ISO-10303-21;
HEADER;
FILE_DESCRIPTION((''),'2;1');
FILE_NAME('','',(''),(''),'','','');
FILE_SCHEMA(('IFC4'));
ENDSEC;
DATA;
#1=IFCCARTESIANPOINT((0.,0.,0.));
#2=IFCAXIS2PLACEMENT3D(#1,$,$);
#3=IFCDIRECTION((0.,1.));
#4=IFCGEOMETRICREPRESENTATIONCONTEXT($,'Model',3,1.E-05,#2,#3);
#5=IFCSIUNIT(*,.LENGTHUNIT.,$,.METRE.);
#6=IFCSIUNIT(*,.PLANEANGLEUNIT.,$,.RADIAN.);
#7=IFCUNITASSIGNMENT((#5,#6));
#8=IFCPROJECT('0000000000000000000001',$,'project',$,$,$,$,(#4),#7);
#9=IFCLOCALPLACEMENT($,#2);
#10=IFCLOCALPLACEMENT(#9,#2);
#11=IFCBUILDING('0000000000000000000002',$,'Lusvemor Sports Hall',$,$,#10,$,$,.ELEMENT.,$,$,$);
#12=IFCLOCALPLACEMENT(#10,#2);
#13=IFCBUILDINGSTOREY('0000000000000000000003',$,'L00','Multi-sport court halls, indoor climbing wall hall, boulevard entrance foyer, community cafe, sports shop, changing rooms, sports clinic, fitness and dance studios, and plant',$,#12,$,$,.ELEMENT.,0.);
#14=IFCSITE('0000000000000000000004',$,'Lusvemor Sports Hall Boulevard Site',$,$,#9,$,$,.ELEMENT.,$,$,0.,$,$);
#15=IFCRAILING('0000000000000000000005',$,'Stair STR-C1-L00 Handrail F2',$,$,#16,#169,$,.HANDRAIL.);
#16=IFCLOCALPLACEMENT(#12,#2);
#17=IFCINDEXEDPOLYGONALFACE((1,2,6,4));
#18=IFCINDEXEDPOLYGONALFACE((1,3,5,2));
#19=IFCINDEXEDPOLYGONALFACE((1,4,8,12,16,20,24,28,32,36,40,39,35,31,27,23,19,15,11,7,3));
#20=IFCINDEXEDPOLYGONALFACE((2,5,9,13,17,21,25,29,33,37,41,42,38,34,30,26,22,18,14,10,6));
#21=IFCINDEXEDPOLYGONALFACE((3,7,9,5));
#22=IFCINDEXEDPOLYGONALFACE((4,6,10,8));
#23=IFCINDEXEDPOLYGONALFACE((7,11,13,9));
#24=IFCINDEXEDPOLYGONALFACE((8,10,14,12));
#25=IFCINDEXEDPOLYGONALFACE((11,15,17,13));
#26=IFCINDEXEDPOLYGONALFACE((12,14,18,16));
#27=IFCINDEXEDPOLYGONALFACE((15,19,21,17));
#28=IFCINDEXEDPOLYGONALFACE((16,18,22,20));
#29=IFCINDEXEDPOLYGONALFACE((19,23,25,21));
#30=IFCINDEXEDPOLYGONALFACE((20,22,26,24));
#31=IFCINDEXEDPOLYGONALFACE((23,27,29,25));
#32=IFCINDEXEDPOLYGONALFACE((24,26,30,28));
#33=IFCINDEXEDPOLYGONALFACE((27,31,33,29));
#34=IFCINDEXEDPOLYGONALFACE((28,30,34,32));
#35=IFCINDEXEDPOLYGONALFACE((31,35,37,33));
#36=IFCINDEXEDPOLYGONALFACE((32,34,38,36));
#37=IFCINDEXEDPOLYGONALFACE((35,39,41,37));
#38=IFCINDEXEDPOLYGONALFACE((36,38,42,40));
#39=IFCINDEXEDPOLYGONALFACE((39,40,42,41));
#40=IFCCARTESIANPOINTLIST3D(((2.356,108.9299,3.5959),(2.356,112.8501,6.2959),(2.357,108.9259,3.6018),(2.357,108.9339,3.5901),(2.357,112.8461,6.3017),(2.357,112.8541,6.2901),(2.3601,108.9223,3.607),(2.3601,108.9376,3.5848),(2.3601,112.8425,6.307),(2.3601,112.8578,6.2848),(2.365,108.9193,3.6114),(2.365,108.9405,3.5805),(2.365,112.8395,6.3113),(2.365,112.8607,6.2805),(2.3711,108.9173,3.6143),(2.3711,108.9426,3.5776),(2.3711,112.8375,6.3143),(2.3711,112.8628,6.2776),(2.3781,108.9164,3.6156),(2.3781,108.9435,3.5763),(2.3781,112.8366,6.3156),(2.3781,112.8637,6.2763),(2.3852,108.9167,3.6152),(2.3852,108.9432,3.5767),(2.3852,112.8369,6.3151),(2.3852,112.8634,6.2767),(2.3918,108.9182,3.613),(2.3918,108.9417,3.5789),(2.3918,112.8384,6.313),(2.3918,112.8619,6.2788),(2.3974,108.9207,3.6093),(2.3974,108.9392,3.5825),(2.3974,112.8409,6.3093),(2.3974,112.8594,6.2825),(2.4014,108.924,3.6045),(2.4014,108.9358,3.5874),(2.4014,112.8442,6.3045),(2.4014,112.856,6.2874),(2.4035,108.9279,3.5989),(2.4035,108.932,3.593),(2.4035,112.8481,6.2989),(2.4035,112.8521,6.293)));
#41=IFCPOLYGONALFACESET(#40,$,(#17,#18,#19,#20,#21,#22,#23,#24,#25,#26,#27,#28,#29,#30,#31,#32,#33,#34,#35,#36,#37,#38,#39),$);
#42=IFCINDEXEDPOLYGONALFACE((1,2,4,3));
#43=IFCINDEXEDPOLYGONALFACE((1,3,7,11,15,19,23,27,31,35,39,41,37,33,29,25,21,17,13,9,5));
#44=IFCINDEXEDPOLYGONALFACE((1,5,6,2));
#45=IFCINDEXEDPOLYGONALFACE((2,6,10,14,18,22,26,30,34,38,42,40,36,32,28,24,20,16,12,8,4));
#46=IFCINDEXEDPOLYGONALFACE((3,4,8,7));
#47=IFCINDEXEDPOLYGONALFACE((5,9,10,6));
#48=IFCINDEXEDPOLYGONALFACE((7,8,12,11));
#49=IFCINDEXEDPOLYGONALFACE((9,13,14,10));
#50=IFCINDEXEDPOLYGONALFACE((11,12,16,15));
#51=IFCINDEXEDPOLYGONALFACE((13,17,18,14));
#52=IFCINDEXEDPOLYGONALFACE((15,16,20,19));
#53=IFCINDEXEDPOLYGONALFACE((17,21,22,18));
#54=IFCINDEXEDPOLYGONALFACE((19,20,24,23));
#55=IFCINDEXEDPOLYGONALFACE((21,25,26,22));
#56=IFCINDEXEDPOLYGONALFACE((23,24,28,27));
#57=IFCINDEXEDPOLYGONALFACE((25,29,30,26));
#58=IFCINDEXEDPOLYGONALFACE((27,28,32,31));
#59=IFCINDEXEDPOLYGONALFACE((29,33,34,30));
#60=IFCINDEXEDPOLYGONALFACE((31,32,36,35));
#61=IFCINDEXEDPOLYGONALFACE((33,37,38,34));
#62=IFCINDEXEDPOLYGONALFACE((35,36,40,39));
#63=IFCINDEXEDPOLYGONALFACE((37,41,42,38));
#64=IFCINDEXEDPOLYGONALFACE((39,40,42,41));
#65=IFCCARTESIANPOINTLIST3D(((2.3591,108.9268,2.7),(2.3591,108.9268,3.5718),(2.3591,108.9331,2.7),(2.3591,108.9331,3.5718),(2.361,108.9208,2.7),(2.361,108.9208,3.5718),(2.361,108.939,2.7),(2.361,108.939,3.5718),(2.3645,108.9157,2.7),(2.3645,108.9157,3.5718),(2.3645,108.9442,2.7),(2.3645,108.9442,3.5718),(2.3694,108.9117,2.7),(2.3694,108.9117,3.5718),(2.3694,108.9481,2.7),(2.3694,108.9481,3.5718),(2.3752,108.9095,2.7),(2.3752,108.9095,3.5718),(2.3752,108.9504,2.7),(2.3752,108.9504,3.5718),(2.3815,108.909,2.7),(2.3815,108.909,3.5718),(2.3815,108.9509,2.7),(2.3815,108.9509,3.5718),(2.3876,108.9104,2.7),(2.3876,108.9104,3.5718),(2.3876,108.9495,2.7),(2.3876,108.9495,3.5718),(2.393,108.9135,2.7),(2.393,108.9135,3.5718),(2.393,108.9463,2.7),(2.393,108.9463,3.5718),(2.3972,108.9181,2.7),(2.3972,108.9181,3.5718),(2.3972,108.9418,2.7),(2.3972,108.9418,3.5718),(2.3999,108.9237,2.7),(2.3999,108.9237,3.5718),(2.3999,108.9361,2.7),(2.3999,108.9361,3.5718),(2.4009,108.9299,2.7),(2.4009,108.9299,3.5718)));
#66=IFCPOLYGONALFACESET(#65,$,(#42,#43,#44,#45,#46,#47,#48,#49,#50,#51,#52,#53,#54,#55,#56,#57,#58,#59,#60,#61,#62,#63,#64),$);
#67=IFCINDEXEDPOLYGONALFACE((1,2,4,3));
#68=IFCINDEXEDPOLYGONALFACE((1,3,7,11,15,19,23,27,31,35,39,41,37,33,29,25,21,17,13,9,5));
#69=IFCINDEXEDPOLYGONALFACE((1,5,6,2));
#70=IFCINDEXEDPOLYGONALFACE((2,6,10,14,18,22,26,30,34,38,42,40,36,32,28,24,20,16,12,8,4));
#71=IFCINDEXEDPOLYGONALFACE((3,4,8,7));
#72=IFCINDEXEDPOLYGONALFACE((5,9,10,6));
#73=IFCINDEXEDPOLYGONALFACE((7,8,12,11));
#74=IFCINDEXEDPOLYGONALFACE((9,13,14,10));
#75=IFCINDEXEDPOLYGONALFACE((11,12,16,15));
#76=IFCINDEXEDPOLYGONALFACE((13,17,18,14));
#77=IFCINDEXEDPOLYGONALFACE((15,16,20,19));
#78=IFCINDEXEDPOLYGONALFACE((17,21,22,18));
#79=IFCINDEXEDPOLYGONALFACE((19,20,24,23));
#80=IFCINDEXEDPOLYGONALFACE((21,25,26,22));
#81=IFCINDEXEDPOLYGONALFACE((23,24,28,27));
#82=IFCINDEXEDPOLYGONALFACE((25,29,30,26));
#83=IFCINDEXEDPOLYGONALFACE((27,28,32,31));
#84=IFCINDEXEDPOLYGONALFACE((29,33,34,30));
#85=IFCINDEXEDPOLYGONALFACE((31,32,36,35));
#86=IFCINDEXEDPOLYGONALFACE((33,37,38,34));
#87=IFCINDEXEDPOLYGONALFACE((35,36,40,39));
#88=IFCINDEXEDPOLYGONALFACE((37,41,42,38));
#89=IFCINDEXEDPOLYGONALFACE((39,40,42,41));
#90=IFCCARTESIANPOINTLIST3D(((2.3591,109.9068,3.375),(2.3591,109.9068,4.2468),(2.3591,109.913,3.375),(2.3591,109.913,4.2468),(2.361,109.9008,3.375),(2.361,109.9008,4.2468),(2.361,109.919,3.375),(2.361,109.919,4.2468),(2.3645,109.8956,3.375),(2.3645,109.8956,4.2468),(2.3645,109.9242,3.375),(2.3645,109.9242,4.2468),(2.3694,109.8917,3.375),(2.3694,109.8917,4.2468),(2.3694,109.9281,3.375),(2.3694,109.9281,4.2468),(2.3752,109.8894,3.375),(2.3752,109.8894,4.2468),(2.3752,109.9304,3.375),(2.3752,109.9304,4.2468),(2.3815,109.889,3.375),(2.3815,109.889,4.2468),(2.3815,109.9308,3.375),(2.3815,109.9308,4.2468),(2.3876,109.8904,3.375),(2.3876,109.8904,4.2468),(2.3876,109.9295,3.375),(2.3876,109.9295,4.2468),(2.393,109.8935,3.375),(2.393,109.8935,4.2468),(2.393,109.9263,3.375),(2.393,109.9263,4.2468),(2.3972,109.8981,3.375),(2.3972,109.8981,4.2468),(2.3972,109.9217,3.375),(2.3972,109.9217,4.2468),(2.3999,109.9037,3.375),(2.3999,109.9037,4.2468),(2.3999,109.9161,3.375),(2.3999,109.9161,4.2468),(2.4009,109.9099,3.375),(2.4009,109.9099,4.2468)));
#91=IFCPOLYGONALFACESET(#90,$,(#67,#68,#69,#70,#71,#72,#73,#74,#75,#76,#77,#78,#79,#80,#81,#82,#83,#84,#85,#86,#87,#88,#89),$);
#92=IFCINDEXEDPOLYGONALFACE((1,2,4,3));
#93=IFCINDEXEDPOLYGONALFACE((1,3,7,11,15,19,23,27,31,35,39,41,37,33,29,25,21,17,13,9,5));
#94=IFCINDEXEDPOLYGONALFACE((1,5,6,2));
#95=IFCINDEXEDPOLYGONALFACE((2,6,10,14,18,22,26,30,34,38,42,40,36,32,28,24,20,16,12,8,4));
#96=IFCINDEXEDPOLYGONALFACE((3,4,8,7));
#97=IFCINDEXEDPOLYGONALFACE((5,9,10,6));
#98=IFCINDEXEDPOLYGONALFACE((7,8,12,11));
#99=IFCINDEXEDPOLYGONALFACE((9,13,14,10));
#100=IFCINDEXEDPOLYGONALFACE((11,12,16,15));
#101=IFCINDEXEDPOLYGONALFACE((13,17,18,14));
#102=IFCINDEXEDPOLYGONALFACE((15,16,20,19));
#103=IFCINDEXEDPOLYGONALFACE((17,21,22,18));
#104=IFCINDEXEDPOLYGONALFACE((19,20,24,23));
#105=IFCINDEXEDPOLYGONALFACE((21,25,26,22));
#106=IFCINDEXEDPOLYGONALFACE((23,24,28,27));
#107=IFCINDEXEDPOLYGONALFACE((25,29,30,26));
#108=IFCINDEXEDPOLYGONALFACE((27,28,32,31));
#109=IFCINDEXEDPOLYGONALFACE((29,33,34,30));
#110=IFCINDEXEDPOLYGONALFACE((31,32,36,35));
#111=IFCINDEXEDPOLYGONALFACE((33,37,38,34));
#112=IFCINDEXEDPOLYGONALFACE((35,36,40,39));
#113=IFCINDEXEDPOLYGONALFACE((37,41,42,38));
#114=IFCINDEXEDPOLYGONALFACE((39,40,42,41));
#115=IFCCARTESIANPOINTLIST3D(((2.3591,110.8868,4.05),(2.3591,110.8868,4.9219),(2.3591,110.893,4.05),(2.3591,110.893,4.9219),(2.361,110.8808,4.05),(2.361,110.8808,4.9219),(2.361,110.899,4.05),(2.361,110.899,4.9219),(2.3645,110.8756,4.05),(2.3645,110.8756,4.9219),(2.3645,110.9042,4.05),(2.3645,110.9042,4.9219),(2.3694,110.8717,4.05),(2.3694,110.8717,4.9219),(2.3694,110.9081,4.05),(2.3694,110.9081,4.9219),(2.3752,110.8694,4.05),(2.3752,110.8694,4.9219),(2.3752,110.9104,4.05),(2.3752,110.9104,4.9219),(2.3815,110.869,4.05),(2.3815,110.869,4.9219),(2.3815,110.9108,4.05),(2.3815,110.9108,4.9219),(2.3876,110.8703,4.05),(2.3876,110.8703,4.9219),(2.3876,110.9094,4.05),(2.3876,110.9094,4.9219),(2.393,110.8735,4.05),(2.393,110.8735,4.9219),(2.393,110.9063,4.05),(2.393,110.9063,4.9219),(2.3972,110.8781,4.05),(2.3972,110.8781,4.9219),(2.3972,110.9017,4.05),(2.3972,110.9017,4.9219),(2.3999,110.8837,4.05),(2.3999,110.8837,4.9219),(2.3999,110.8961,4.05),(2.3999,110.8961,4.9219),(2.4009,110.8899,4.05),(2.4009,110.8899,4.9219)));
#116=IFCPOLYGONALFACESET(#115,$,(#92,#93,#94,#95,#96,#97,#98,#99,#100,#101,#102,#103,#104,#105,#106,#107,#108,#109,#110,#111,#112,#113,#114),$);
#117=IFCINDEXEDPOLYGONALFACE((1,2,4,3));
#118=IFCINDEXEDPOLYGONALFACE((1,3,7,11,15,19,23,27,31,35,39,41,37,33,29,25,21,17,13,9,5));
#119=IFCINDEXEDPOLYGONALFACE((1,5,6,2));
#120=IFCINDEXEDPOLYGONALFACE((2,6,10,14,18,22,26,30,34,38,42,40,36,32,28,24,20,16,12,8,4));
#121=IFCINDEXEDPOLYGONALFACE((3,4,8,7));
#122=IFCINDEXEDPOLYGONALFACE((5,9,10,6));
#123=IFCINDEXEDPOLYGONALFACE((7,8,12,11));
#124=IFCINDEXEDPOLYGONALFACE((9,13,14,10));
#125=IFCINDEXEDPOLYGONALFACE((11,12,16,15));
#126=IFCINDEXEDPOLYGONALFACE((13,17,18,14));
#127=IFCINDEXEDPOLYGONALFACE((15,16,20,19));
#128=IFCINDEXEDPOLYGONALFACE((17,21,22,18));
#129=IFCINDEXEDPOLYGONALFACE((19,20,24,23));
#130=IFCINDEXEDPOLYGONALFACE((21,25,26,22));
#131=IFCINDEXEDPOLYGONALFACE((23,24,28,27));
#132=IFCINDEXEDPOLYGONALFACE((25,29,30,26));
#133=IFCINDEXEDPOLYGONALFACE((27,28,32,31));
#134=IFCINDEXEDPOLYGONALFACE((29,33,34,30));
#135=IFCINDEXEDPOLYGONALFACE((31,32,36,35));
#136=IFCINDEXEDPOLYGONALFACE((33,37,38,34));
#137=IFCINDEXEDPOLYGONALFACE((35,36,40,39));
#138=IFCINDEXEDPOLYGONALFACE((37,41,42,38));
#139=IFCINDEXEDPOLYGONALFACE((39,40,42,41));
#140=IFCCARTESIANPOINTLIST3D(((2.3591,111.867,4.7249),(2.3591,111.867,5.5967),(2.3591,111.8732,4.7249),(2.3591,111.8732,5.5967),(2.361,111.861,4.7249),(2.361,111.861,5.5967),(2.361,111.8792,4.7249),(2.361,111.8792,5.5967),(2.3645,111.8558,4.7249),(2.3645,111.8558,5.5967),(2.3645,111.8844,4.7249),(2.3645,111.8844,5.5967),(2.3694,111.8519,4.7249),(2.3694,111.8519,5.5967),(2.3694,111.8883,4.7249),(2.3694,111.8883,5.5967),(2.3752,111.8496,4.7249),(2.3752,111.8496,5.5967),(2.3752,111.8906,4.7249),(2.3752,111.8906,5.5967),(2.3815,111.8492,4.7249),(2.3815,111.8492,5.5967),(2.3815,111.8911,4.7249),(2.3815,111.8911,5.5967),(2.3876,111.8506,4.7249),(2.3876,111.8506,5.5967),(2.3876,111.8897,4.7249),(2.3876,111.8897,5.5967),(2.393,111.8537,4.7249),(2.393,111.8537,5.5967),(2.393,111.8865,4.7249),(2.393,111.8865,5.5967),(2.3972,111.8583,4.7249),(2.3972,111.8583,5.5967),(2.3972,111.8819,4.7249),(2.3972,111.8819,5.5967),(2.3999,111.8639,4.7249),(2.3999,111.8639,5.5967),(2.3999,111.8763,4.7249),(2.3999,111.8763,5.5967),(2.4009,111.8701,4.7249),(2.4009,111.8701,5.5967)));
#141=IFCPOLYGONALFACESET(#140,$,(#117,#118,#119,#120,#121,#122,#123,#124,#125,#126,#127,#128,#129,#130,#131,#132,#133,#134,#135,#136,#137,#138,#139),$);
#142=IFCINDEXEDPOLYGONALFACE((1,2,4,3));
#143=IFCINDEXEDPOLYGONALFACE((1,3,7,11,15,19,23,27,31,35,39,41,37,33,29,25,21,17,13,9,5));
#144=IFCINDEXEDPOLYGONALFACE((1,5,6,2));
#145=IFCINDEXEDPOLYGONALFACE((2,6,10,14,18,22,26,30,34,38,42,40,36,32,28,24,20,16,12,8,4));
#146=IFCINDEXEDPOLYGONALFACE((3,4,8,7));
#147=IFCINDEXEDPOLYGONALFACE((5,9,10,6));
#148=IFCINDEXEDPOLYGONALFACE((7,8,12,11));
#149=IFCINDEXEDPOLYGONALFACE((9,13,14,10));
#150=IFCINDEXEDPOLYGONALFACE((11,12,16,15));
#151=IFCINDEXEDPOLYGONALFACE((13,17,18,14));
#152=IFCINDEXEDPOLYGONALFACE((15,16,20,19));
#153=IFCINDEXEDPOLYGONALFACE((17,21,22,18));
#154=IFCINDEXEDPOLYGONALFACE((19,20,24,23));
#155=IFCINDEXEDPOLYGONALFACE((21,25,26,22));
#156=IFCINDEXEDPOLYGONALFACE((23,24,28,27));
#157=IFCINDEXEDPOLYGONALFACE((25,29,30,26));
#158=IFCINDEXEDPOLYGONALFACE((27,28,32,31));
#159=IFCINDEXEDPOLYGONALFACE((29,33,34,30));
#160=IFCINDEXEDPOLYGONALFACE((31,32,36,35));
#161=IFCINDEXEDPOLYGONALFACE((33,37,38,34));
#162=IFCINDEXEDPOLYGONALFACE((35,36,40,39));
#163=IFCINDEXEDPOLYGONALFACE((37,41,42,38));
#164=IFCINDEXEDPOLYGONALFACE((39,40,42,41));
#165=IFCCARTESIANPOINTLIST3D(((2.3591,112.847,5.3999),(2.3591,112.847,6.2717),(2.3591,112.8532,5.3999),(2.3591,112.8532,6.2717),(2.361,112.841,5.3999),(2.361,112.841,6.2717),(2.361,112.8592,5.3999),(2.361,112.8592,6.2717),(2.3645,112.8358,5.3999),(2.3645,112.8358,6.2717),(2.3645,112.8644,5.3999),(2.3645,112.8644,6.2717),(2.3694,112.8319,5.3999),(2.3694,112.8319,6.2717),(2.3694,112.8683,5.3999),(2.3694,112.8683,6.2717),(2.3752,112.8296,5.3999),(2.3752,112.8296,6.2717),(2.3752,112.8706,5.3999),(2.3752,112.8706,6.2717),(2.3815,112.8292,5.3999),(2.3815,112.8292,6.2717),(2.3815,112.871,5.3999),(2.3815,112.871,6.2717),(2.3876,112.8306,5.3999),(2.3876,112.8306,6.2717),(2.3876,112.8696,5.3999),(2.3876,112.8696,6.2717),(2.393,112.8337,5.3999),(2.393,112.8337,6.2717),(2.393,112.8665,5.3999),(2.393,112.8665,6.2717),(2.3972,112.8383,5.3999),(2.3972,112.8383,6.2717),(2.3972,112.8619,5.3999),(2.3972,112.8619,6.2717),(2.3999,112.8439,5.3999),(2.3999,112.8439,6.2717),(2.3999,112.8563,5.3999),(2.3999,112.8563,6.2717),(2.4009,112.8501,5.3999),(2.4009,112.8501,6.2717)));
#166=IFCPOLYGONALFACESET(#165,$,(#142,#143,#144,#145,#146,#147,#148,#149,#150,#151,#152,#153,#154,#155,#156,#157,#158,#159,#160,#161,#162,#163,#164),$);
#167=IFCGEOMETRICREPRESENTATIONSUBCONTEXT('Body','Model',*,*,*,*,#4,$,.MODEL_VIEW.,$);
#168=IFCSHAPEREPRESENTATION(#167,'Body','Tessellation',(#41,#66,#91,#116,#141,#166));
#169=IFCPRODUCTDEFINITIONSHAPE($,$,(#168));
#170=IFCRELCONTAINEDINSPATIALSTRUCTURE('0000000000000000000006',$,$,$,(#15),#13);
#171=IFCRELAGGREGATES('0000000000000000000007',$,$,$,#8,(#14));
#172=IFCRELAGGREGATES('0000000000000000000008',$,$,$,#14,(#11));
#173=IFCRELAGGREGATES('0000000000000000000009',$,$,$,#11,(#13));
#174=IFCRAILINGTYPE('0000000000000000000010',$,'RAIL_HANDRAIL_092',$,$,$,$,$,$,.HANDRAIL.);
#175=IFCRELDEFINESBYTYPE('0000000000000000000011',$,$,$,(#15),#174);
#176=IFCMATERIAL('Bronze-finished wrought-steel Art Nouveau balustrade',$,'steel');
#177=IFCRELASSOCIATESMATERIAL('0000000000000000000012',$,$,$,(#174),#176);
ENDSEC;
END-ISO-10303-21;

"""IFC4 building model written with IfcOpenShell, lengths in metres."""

from ifc_helpers import new_model, si_unit, direction, frame, origin, origin_2d, place, context, subcontext, project, spatial, circle, extrude, material, type_object, element, save


model = new_model("IFC4")

# Units and contexts
model_context = context("Model", 3, precision=1e-05, world=origin(), true_north=direction((0.0, 1.0)))
body_context = subcontext(model_context, "Body", "Model", "MODEL_VIEW")
ifc_project = project(units=[si_unit("LENGTHUNIT", "METRE"), si_unit("PLANEANGLEUNIT", "RADIAN")], contexts=[model_context])

# Site, building, storey
site_placement = place(None, origin())
site = spatial("IfcSite", under=ifc_project, at=site_placement, Name="Lusvemor Sports Hall Boulevard Site", CompositionType="ELEMENT", RefElevation=0.0)
building_placement = place(site_placement, origin())
building = spatial("IfcBuilding", under=site, at=building_placement, Name="Lusvemor Sports Hall", CompositionType="ELEMENT")
storey_placement = place(building_placement, origin())
storey = spatial("IfcBuildingStorey", under=building, at=storey_placement, Name="L00", Description="Multi-sport court halls, indoor climbing wall hall, boulevard entrance foyer, community cafe, sports shop, changing rooms, sports clinic, fitness and dance studios, and plant", CompositionType="ELEMENT", Elevation=0.0)

# Railing
ifc_material_1 = material(Name="Bronze-finished wrought-steel Art Nouveau balustrade", Category="steel")
railing_type_1 = type_object("IfcRailingType", Name="RAIL_HANDRAIL_092", PredefinedType="HANDRAIL", material=ifc_material_1)
railing_1_placement = place(storey_placement, frame((2.3799, 108.9299, 2.7)))
element("IfcRailing", 1, at=railing_1_placement, inside=storey, type_object=railing_type_1, Name="Stair STR-C1-L00 Handrail F2", PredefinedType="HANDRAIL", context=body_context, shape_type="SweptSolid", body=[
    extrude(circle(Radius=0.0239, at=origin_2d()), frame((0.0, 0.0, 0.896), z_axis=(0.0, 0.823567, 0.567219), x_axis=(-1.0, 0.0, 0.0)), (0.0, 0.0, 1.0), 4.76),
    extrude(circle(Radius=0.021, at=origin_2d()), origin(), (0.0, 0.0, 1.0), 0.8718),
    extrude(circle(Radius=0.021, at=origin_2d()), frame((0.0, 0.98, 0.675)), (0.0, 0.0, 1.0), 0.8718),
    extrude(circle(Radius=0.021, at=origin_2d()), frame((0.0, 1.96, 1.3501)), (0.0, 0.0, 1.0), 0.8718),
    extrude(circle(Radius=0.021, at=origin_2d()), frame((0.0, 2.9402, 2.0249)), (0.0, 0.0, 1.0), 0.8718),
    extrude(circle(Radius=0.021, at=origin_2d()), frame((0.0, 3.9202, 2.7)), (0.0, 0.0, 1.0), 0.8718),
])

save(model, "model.ifc")
